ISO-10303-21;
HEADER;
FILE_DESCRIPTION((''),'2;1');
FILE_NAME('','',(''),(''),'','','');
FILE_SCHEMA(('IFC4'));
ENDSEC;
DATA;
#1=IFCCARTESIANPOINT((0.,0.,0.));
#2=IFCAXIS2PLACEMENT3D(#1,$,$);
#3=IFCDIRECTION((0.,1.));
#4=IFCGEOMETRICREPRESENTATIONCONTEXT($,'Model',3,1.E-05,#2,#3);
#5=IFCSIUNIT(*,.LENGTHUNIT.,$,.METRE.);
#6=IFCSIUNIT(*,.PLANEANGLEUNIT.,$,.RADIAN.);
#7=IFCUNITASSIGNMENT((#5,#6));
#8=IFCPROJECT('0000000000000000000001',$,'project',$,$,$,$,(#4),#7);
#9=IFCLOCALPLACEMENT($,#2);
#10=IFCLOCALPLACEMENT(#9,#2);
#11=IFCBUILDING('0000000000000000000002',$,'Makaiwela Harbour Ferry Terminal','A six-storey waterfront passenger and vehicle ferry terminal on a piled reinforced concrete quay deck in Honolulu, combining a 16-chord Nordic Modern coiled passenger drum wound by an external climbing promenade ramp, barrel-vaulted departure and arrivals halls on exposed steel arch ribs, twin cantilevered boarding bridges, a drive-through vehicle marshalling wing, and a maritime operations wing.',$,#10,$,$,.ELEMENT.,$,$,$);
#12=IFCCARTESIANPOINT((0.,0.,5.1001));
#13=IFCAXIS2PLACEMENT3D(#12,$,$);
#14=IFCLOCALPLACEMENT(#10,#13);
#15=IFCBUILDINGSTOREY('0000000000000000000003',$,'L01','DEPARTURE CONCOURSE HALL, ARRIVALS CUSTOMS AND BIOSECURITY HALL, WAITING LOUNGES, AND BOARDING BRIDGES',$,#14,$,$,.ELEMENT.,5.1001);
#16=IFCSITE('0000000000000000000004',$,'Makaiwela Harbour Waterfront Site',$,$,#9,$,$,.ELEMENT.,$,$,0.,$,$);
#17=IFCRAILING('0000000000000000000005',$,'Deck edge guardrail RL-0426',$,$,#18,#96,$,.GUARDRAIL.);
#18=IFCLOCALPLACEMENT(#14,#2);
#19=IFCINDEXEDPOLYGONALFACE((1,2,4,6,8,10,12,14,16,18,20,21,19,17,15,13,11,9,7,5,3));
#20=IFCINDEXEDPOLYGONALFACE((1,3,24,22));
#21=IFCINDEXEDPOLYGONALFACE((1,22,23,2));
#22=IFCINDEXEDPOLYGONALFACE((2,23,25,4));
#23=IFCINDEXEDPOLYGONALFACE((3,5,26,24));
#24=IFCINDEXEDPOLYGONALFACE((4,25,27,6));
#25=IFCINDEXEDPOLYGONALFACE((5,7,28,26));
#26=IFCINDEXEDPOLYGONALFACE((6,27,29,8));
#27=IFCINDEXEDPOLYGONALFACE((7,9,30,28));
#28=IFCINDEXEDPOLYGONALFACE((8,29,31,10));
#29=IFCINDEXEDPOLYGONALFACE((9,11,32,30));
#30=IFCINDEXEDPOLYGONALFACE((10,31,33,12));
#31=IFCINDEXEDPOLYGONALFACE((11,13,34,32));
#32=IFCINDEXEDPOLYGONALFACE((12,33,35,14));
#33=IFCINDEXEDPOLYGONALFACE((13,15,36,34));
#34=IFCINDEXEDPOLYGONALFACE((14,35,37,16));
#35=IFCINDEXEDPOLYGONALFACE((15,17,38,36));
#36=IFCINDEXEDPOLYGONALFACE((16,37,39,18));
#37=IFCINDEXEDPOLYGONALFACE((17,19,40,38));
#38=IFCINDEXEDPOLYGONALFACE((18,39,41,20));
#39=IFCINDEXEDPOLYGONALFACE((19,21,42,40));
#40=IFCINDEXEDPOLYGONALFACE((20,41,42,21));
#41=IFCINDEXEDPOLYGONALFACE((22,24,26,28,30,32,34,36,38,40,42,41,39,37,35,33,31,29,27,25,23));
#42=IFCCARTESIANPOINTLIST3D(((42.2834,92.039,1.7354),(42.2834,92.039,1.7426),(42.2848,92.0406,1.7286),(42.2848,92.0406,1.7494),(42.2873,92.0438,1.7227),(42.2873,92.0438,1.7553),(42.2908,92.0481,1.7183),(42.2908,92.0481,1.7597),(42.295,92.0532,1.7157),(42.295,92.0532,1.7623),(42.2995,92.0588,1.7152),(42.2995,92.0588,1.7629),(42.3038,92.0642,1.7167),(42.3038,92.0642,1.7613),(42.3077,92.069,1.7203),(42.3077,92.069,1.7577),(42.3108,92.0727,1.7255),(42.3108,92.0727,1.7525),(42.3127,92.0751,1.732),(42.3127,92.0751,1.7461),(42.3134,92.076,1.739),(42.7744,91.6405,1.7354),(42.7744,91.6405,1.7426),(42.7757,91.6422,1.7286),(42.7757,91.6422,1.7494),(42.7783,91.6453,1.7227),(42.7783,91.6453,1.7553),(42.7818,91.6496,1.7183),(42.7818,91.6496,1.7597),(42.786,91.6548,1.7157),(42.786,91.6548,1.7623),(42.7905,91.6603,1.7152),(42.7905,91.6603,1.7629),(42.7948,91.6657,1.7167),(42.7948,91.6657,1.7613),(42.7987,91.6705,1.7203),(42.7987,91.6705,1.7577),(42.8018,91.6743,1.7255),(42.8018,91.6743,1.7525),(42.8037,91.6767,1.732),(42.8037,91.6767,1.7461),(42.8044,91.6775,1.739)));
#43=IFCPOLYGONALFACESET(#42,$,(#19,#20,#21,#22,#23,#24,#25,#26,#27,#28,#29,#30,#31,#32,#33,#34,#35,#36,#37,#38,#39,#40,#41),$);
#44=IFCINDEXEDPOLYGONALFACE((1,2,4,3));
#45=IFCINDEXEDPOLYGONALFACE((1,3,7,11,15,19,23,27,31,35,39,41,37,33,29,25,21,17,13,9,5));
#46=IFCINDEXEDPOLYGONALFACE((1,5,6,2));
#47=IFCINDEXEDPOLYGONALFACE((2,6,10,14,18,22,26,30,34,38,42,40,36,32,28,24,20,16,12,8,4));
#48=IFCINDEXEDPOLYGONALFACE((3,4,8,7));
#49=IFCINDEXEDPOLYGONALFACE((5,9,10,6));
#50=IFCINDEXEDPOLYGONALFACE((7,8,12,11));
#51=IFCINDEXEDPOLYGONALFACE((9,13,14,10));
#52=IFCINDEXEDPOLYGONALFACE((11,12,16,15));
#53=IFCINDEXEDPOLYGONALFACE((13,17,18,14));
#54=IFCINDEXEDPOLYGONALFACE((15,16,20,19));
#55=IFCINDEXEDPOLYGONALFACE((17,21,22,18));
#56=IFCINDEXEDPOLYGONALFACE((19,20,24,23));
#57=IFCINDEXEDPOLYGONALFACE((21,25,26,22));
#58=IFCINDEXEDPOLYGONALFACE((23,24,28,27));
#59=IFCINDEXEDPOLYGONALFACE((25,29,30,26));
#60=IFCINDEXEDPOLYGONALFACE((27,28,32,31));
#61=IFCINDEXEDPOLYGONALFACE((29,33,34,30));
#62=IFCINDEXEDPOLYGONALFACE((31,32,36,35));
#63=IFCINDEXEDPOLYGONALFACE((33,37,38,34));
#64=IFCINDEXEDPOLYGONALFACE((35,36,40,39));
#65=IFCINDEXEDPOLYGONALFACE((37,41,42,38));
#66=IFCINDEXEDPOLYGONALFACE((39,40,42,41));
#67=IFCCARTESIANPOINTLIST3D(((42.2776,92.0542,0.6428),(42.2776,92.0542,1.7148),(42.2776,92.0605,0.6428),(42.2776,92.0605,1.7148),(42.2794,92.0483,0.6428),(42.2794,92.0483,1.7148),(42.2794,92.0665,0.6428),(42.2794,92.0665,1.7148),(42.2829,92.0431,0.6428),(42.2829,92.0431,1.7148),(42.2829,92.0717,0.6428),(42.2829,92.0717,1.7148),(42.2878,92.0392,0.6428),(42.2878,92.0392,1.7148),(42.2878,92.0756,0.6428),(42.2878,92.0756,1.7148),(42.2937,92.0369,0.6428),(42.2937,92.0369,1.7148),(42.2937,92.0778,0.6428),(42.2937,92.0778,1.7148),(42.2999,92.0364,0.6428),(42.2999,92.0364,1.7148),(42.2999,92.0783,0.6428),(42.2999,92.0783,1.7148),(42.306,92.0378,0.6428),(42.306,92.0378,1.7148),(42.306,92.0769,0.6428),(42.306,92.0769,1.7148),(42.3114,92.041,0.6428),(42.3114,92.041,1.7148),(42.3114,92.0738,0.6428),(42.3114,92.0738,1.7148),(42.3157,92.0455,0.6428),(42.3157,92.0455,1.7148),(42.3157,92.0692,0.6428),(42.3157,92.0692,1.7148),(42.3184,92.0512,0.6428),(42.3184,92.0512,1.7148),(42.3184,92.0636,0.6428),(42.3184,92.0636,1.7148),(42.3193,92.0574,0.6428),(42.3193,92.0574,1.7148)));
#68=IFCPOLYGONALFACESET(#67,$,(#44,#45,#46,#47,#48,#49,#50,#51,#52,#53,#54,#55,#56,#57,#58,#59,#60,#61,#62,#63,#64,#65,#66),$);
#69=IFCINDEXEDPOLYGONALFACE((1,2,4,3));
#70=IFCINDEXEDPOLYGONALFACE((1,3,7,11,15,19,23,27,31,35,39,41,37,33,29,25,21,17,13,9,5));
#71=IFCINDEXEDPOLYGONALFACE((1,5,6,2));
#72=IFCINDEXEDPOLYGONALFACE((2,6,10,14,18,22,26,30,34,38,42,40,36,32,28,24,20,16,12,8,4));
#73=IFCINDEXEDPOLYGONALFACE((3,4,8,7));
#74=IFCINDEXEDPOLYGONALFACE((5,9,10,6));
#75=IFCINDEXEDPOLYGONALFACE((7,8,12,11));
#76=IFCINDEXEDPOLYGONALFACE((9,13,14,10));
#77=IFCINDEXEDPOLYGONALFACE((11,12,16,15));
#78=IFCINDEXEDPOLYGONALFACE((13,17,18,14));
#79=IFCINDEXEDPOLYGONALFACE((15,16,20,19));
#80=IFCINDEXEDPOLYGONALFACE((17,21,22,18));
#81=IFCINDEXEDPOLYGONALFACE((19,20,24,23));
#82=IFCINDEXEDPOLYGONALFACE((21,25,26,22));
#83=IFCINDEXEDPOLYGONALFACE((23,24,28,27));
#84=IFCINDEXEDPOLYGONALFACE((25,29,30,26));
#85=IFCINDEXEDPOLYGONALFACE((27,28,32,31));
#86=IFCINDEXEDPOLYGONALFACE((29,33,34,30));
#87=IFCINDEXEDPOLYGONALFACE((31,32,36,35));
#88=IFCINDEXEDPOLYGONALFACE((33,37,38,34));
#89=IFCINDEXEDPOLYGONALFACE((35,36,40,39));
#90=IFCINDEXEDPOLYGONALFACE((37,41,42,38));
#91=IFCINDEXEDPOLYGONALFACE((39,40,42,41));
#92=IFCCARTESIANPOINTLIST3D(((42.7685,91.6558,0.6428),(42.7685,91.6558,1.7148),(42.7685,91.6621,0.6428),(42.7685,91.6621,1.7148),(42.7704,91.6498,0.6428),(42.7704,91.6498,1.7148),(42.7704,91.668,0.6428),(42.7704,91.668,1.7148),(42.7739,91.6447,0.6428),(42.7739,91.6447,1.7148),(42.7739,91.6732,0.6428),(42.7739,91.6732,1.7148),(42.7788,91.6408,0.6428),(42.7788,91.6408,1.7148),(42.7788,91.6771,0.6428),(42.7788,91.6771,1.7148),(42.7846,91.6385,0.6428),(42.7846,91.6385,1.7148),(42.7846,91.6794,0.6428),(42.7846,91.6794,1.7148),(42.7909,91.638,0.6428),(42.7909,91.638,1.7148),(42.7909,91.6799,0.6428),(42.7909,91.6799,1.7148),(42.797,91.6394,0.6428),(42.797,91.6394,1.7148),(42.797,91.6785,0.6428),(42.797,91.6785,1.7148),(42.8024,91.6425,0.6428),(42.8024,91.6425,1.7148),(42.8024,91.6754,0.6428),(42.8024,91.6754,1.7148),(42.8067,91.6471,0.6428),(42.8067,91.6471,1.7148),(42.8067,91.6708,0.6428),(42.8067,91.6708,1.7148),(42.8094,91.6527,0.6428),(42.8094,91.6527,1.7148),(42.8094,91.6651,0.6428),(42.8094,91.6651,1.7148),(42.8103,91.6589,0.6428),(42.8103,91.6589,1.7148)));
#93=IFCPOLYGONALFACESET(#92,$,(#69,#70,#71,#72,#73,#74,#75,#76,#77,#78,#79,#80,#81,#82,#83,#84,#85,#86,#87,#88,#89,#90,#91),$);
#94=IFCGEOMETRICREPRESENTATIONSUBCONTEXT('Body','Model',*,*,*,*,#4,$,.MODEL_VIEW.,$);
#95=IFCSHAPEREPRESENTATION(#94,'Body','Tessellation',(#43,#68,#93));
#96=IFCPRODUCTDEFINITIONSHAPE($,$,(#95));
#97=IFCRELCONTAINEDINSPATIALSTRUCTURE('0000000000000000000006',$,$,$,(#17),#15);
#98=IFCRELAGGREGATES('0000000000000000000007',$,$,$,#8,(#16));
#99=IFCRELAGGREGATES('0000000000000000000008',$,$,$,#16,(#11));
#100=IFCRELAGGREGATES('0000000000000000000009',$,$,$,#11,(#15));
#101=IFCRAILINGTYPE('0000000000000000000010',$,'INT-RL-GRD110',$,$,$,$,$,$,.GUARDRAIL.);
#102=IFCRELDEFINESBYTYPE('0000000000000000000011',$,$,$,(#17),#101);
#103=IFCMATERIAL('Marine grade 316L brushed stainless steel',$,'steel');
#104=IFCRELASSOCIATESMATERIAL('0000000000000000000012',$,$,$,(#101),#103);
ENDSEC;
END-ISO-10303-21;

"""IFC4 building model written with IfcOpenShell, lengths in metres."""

from ifc_helpers import new_model, si_unit, direction, frame, origin, origin_2d, place, context, subcontext, project, spatial, circle, extrude, material, type_object, element, save


model = new_model("IFC4")

# Units and contexts
model_context = context("Model", 3, precision=1e-05, world=origin(), true_north=direction((0.0, 1.0)))
body_context = subcontext(model_context, "Body", "Model", "MODEL_VIEW")
ifc_project = project(units=[si_unit("LENGTHUNIT", "METRE"), si_unit("PLANEANGLEUNIT", "RADIAN")], contexts=[model_context])

# Site, building, storey
site_placement = place(None, origin())
site = spatial("IfcSite", under=ifc_project, at=site_placement, Name="Makaiwela Harbour Waterfront Site", CompositionType="ELEMENT", RefElevation=0.0)
building_placement = place(site_placement, origin())
building = spatial("IfcBuilding", under=site, at=building_placement, Name="Makaiwela Harbour Ferry Terminal", Description="A six-storey waterfront passenger and vehicle ferry terminal on a piled reinforced concrete quay deck in Honolulu, combining a 16-chord Nordic Modern coiled passenger drum wound by an external climbing promenade ramp, barrel-vaulted departure and arrivals halls on exposed steel arch ribs, twin cantilevered boarding bridges, a drive-through vehicle marshalling wing, and a maritime operations wing.", CompositionType="ELEMENT")
storey_placement = place(building_placement, frame((0.0, 0.0, 5.1001)))
storey = spatial("IfcBuildingStorey", under=building, at=storey_placement, Name="L01", Description="DEPARTURE CONCOURSE HALL, ARRIVALS CUSTOMS AND BIOSECURITY HALL, WAITING LOUNGES, AND BOARDING BRIDGES", CompositionType="ELEMENT", Elevation=5.1001)

# Railing
ifc_material_1 = material(Name="Marine grade 316L brushed stainless steel", Category="steel")
railing_type = type_object("IfcRailingType", Name="INT-RL-GRD110", PredefinedType="GUARDRAIL", material=ifc_material_1)
railing_placement = place(storey_placement, frame((42.2983, 92.0574, 0.6428)))
element("IfcRailing", 1, at=railing_placement, inside=storey, type_object=railing_type, Name="Deck edge guardrail RL-0426", PredefinedType="GUARDRAIL", context=body_context, shape_type="SweptSolid", body=[
    extrude(circle(Radius=0.0239, at=origin_2d()), frame((0.0, 0.0, 1.0962), z_axis=(0.77648, -0.630142, 0.0), x_axis=(0.630142, 0.77648, 0.0)), (0.0, 0.0, 1.0), 0.6323),
    extrude(circle(Radius=0.021, at=origin_2d()), origin(), (0.0, 0.0, 1.0), 1.072),
    extrude(circle(Radius=0.021, at=origin_2d()), frame((0.491, -0.3984, 0.0)), (0.0, 0.0, 1.0), 1.072),
])

save(model, "model.ifc")
